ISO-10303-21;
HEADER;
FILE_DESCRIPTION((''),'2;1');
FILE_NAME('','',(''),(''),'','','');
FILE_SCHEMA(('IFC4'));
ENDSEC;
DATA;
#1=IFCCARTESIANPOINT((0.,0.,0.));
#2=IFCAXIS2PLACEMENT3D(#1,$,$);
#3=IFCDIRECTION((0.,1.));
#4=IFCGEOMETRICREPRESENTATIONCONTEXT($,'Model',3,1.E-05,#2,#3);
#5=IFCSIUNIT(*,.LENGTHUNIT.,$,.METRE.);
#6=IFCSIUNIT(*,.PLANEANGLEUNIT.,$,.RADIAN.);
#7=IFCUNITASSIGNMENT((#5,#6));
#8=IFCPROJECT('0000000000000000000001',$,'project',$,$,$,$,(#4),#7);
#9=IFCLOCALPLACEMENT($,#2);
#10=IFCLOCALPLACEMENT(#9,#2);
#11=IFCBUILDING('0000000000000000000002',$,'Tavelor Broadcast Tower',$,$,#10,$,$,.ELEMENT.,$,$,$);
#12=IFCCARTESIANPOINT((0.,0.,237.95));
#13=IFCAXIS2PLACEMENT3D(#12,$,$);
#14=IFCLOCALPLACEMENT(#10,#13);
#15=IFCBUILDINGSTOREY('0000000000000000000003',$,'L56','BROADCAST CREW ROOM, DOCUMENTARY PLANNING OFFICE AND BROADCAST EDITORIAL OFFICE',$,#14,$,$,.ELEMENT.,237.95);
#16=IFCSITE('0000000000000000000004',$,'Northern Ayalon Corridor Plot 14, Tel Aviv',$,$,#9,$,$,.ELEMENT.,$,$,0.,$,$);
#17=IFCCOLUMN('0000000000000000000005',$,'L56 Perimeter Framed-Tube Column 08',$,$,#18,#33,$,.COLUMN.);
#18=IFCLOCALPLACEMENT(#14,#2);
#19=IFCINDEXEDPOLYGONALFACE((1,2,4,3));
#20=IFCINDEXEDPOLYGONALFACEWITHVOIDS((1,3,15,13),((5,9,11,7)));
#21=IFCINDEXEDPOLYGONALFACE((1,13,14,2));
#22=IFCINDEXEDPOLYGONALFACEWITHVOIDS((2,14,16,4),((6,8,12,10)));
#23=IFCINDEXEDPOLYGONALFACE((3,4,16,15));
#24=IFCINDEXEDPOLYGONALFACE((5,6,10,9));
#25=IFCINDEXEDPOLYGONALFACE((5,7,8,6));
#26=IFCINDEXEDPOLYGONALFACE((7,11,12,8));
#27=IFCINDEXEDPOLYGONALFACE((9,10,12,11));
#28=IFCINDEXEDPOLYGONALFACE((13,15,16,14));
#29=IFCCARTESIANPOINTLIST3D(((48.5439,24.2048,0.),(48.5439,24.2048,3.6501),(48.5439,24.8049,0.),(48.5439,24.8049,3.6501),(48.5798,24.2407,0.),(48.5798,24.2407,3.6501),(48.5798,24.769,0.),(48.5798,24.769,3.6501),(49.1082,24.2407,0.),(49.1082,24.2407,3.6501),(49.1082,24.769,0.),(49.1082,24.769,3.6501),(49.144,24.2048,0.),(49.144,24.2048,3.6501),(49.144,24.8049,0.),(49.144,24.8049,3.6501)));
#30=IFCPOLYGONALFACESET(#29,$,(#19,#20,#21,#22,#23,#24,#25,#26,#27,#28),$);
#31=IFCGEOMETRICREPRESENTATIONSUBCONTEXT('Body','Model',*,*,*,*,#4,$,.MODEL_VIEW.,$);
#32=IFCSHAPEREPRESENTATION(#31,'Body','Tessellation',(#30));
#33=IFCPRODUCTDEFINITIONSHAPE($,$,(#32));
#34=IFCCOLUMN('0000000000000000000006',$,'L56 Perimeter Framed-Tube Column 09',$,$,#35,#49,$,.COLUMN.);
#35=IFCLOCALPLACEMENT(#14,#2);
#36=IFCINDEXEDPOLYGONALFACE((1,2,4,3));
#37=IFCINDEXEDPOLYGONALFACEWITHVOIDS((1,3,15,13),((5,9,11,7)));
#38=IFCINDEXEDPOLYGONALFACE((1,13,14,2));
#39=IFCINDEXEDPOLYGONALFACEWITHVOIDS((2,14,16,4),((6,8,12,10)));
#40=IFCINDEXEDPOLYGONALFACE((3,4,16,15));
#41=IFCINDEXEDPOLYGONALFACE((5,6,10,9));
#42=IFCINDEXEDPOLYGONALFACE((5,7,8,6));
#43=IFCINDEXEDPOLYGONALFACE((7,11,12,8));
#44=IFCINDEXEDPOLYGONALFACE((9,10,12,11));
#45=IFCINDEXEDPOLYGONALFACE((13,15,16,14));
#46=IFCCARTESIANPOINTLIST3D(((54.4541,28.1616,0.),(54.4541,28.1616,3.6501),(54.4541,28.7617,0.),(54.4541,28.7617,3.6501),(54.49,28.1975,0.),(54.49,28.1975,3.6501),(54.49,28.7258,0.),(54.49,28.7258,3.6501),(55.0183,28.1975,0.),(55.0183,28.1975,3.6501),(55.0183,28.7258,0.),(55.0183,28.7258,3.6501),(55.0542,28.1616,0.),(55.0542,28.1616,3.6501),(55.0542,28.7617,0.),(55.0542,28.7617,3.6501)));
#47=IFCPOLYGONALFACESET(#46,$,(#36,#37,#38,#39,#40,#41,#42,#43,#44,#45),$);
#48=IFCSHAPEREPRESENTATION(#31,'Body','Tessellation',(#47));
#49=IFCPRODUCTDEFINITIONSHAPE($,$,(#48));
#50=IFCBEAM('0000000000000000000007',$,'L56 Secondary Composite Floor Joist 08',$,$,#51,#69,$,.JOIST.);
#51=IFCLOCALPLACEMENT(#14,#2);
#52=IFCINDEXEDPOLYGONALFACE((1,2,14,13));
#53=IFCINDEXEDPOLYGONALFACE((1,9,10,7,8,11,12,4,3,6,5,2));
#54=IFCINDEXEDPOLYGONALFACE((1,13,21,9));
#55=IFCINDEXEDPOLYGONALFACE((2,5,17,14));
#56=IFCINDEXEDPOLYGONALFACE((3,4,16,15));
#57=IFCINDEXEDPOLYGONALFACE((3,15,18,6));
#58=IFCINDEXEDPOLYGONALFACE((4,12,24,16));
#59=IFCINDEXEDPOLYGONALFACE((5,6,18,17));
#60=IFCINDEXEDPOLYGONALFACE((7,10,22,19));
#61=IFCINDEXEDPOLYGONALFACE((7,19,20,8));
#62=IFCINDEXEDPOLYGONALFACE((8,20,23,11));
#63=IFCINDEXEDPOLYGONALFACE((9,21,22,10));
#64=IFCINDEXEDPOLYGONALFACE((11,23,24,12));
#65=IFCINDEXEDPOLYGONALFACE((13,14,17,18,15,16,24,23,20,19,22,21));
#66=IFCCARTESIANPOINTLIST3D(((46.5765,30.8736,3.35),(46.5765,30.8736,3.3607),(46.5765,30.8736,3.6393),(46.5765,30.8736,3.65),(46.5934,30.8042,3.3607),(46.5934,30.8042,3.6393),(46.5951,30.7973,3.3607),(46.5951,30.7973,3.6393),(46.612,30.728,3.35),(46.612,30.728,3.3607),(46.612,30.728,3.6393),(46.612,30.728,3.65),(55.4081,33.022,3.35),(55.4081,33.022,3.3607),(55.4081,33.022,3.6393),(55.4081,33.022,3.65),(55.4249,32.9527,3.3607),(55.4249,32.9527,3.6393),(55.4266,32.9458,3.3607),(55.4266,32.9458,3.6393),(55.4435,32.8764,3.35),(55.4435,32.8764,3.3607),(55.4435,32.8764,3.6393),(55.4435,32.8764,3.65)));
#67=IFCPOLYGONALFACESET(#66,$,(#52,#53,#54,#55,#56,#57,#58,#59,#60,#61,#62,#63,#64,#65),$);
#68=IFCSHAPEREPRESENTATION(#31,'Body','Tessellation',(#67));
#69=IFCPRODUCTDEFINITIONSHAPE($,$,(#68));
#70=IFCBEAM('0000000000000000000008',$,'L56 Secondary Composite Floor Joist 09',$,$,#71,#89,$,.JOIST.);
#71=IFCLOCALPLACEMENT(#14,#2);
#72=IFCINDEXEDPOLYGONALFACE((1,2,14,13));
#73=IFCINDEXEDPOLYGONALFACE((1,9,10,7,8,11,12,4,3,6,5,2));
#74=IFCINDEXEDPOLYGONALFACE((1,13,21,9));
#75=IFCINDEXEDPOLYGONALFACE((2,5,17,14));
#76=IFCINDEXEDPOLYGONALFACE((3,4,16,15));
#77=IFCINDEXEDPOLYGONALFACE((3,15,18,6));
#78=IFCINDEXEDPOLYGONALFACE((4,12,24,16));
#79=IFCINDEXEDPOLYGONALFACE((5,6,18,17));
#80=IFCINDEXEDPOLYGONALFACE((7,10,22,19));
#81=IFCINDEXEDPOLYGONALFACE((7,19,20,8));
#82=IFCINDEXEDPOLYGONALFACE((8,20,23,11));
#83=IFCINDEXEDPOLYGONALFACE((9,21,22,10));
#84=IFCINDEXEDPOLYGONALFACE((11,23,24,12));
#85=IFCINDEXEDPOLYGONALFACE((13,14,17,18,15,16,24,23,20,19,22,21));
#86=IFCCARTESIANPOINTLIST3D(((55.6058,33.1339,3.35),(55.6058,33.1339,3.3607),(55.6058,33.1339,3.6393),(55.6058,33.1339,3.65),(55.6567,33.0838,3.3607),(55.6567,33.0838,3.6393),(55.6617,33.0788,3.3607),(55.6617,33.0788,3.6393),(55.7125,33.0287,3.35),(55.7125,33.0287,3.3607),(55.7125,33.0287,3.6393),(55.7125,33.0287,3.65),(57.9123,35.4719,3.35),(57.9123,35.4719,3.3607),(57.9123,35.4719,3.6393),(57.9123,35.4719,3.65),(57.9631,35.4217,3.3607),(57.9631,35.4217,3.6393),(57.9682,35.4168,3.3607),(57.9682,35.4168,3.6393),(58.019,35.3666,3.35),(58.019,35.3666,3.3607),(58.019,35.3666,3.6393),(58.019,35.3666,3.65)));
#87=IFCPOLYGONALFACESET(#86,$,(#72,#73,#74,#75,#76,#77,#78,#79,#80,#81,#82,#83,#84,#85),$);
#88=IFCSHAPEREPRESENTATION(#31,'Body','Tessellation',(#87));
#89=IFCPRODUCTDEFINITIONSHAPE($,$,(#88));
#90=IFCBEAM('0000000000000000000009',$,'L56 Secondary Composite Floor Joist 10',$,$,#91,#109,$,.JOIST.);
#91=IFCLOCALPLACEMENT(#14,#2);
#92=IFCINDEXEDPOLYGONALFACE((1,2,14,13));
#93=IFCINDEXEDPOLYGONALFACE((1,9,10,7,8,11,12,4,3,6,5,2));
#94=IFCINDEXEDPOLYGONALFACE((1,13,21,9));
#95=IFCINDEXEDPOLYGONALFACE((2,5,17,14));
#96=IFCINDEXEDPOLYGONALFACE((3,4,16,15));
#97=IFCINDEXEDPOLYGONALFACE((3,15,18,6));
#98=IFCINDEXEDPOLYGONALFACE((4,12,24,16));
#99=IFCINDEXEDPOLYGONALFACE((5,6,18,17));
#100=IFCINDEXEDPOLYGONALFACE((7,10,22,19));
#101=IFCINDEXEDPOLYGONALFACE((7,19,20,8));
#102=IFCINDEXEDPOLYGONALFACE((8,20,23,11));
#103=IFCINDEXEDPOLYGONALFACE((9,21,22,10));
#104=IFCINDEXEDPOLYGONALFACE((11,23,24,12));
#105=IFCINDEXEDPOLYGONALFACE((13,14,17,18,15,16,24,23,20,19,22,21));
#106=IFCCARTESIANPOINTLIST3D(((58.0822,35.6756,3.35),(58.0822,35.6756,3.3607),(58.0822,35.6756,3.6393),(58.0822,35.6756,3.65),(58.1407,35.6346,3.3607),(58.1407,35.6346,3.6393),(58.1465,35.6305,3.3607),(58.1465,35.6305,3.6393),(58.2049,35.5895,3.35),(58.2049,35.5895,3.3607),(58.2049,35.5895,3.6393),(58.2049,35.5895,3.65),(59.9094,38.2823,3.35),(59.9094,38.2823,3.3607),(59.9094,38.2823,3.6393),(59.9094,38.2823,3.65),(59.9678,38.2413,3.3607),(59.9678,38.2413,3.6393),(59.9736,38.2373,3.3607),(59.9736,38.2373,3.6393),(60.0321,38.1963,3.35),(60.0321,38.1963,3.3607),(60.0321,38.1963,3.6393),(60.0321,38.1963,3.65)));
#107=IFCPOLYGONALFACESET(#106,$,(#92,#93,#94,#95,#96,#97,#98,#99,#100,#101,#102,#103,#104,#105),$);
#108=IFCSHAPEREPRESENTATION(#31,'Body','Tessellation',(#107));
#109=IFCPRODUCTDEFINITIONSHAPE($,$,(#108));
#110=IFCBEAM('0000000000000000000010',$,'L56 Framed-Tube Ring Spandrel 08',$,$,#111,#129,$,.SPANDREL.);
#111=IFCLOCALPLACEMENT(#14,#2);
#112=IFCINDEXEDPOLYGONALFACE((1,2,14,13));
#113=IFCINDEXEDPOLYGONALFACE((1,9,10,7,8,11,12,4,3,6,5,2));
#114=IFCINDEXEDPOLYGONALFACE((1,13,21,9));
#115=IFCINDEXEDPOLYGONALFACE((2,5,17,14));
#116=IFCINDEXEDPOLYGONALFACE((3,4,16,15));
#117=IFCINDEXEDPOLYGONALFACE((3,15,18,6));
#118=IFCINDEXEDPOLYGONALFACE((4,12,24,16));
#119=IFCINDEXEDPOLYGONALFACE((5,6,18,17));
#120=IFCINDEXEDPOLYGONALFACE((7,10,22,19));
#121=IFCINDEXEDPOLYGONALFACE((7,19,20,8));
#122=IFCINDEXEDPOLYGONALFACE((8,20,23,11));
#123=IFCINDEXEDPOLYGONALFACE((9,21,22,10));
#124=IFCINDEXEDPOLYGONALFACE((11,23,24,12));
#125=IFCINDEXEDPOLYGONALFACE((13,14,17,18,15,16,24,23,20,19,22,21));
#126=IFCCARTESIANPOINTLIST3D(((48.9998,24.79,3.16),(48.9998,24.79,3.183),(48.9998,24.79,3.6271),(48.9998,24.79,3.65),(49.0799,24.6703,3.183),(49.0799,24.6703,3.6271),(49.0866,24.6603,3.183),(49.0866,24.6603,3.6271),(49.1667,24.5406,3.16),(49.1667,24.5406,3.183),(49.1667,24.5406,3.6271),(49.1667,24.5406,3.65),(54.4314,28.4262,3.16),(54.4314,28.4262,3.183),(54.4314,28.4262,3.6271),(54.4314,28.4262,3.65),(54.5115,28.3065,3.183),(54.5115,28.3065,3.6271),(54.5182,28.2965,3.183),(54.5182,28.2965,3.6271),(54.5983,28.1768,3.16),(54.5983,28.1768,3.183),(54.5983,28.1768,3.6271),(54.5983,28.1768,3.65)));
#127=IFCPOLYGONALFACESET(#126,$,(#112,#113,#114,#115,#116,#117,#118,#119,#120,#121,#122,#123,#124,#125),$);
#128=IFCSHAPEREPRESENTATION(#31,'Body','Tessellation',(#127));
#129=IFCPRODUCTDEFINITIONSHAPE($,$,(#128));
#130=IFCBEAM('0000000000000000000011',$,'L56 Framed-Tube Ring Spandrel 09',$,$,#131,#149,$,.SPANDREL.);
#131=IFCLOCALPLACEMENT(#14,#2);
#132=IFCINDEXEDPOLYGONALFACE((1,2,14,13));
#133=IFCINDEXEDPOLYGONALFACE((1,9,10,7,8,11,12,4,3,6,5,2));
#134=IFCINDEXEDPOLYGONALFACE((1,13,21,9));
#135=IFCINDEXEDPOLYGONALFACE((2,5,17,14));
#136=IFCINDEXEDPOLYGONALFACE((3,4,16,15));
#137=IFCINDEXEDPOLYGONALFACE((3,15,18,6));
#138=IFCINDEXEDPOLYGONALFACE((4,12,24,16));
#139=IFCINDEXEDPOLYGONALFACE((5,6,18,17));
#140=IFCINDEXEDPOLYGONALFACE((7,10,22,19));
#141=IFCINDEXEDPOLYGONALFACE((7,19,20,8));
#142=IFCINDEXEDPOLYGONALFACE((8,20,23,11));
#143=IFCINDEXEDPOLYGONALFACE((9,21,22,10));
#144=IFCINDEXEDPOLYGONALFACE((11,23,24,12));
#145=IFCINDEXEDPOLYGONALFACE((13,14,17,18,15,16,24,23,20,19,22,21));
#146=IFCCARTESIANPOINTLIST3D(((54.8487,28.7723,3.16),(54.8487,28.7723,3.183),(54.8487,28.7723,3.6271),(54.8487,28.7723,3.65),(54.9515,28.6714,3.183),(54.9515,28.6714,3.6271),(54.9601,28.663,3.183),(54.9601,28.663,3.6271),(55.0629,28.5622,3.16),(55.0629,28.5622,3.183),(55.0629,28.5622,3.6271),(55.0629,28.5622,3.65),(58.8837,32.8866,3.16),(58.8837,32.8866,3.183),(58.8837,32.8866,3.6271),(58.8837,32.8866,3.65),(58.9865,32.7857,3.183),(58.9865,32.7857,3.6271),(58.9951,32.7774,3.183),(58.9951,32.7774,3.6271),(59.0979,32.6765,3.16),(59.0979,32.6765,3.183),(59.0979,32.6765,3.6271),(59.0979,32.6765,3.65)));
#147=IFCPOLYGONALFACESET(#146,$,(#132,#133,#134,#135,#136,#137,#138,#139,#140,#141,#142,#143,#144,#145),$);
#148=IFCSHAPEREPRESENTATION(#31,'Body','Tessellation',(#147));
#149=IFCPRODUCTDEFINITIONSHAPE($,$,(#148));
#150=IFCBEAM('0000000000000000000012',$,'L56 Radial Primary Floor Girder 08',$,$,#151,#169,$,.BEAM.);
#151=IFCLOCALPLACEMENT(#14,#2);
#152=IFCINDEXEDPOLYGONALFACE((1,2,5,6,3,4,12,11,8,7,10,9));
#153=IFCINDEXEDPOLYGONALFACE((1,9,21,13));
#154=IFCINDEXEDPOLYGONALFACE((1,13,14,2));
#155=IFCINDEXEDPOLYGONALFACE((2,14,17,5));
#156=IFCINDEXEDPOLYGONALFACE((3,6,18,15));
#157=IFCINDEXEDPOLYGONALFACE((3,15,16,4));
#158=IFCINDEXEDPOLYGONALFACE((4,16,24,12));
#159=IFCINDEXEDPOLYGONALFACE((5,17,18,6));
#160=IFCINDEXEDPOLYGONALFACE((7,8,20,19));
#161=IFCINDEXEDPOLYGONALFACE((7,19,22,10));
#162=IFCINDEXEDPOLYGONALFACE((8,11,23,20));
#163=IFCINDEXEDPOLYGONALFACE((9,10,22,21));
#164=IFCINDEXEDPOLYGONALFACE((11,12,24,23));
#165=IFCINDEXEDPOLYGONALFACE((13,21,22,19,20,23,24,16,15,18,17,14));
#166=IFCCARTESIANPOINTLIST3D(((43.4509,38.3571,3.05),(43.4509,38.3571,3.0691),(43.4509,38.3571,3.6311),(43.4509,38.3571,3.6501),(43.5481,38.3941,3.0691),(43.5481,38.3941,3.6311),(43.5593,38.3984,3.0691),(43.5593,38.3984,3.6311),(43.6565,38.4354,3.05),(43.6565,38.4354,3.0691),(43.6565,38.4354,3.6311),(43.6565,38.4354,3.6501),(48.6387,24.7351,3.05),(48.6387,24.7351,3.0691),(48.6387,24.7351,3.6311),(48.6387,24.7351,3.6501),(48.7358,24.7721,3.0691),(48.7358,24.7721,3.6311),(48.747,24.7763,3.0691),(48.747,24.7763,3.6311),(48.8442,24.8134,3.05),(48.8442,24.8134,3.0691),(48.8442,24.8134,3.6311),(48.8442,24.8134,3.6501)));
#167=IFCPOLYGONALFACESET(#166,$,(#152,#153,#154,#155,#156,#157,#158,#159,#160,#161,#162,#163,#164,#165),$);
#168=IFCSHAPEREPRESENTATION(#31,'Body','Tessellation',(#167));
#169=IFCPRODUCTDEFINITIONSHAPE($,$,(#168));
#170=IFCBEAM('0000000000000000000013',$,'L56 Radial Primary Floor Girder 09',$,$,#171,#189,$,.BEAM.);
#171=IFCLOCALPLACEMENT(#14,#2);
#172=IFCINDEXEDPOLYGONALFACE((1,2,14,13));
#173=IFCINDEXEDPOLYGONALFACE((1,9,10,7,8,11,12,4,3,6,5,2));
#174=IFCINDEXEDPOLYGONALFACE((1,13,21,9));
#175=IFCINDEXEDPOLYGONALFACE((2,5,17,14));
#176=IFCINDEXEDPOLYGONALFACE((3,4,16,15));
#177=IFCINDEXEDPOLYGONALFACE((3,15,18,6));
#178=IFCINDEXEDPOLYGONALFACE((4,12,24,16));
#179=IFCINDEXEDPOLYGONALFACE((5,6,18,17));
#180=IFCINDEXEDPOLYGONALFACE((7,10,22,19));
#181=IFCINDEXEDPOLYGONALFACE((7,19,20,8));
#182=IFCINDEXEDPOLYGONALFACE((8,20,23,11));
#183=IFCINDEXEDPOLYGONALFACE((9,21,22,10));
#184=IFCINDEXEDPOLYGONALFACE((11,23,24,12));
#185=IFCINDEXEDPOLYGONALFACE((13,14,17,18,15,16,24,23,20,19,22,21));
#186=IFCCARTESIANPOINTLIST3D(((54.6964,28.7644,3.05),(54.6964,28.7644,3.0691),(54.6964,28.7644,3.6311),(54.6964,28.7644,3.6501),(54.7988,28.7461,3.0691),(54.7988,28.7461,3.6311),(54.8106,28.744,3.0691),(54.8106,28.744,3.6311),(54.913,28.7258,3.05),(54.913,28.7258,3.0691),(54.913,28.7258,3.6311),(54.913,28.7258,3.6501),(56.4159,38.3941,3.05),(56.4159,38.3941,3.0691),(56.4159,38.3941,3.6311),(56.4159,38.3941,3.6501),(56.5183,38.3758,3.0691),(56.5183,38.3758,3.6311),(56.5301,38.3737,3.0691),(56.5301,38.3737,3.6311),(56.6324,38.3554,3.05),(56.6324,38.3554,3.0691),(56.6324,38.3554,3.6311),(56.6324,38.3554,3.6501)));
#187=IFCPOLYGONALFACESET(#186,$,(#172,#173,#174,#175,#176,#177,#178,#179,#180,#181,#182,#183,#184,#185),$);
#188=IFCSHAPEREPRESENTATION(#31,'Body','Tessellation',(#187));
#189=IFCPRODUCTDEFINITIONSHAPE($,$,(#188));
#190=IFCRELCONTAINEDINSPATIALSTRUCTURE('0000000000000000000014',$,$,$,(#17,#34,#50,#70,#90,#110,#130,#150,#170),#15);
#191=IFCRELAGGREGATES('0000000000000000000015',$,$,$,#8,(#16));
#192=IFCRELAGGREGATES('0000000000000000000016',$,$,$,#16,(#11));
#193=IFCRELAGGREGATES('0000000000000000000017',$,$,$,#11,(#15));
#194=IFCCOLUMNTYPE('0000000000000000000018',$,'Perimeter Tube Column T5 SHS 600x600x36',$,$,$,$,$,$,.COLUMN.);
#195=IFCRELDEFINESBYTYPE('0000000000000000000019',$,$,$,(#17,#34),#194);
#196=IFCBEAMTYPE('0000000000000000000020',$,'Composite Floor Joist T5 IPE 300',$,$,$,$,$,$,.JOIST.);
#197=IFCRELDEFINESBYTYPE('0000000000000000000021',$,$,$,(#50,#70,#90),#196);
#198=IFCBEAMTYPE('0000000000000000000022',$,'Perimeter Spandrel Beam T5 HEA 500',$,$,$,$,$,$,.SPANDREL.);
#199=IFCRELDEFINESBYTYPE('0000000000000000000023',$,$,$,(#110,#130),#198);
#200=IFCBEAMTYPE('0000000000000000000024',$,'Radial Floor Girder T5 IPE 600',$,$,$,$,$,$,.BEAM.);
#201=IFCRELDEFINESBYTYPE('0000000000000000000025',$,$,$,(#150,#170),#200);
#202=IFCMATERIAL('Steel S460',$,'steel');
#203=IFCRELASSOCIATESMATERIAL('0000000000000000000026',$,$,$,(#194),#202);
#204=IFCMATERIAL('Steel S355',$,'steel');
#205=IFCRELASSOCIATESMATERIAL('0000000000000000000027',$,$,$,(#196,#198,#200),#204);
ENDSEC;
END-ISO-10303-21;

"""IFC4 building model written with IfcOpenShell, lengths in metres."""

from ifc_helpers import new_model, si_unit, direction, frame, origin, origin_2d, place, context, subcontext, project, spatial, hollow_rectangle, i_section, extrude, material, material_profile, profile_set, type_object, element, save


model = new_model("IFC4")

# Units and contexts
model_context = context("Model", 3, precision=1e-05, world=origin(), true_north=direction((0.0, 1.0)))
body_context = subcontext(model_context, "Body", "Model", "MODEL_VIEW")
ifc_project = project(units=[si_unit("LENGTHUNIT", "METRE"), si_unit("PLANEANGLEUNIT", "RADIAN")], contexts=[model_context])

# Site, building, storey
site_placement = place(None, origin())
site = spatial("IfcSite", under=ifc_project, at=site_placement, Name="Northern Ayalon Corridor Plot 14, Tel Aviv", CompositionType="ELEMENT", RefElevation=0.0)
building_placement = place(site_placement, origin())
building = spatial("IfcBuilding", under=site, at=building_placement, Name="Tavelor Broadcast Tower", CompositionType="ELEMENT")
storey_placement = place(building_placement, frame((0.0, 0.0, 237.95)))
storey = spatial("IfcBuildingStorey", under=building, at=storey_placement, Name="L56", Description="BROADCAST CREW ROOM, DOCUMENTARY PLANNING OFFICE AND BROADCAST EDITORIAL OFFICE", CompositionType="ELEMENT", Elevation=237.95)

# Columns
ifc_material_1 = material(Name="Steel S460", Category="steel")
ifc_material_profile_1 = material_profile(ifc_material_1, hollow_rectangle(XDim=0.6001, YDim=0.6001, WallThickness=0.0359, at=origin_2d()), Name="SHS 600x600x36")
ifc_profile_set_1 = profile_set([ifc_material_profile_1], Name="Steel S460")
column_type = type_object("IfcColumnType", Name="Perimeter Tube Column T5 SHS 600x600x36", PredefinedType="COLUMN", material=ifc_profile_set_1)
for number, where, z_axis, x_axis, name in (
    (1, (48.844, 24.5049, 0.0), (0.0, 0.0, 1.0), (1.0, 0.0, 0.0), "L56 Perimeter Framed-Tube Column 08"),
    (2, (54.7542, 28.4617, 0.0), (0.0, 0.0, 1.0), (1.0, 0.0, 0.0), "L56 Perimeter Framed-Tube Column 09"),
):
    element("IfcColumn", number, at=place(storey_placement, frame(where, z_axis=z_axis, x_axis=x_axis)), inside=storey, type_object=column_type, Name=name, PredefinedType="COLUMN", context=body_context, shape_type="SweptSolid", body=[
        extrude(hollow_rectangle(XDim=0.6001, YDim=0.6001, WallThickness=0.0359, at=origin_2d()), origin(), (0.0, 0.0, 1.0), 3.6501),
    ])

# Beams
ifc_material_2 = material(Name="Steel S355", Category="steel")
ifc_material_profile_2 = material_profile(ifc_material_2, i_section(OverallWidth=0.1499, OverallDepth=0.3, WebThickness=0.0071, FlangeThickness=0.0107, at=origin_2d()), Name="IPE 300")
ifc_profile_set_2 = profile_set([ifc_material_profile_2], Name="Steel S355")
beam_type_1 = type_object("IfcBeamType", Name="Composite Floor Joist T5 IPE 300", PredefinedType="JOIST", material=ifc_profile_set_2)
beam_1_placement = place(storey_placement, frame((46.5942, 30.8008, 3.5), z_axis=(0.971662, 0.236375, 0.0), x_axis=(-0.236375, 0.971662, 0.0)))
element("IfcBeam", 3, at=beam_1_placement, inside=storey, type_object=beam_type_1, Name="L56 Secondary Composite Floor Joist 08", PredefinedType="JOIST", context=body_context, shape_type="SweptSolid", body=[
    extrude(i_section(OverallWidth=0.1499, OverallDepth=0.3, WebThickness=0.0071, FlangeThickness=0.0107, at=origin_2d()), origin(), (0.0, 0.0, 1.0), 9.0891),
])
beam_2_placement = place(storey_placement, frame((55.6592, 33.0813, 3.5), z_axis=(0.702296, 0.711885, 0.0), x_axis=(-0.711885, 0.702296, 0.0)))
element("IfcBeam", 4, at=beam_2_placement, inside=storey, type_object=beam_type_1, Name="L56 Secondary Composite Floor Joist 09", PredefinedType="JOIST", context=body_context, shape_type="SweptSolid", body=[
    extrude(i_section(OverallWidth=0.1499, OverallDepth=0.3, WebThickness=0.0071, FlangeThickness=0.0107, at=origin_2d()), origin(), (0.0, 0.0, 1.0), 3.2842),
])
beam_3_placement = place(storey_placement, frame((58.1436, 35.6326, 3.5), z_axis=(0.573982, 0.818868, 0.0), x_axis=(-0.818868, 0.573982, 0.0)))
element("IfcBeam", 5, at=beam_3_placement, inside=storey, type_object=beam_type_1, Name="L56 Secondary Composite Floor Joist 10", PredefinedType="JOIST", context=body_context, shape_type="SweptSolid", body=[
    extrude(i_section(OverallWidth=0.1499, OverallDepth=0.3, WebThickness=0.0071, FlangeThickness=0.0107, at=origin_2d()), origin(), (0.0, 0.0, 1.0), 3.1833),
])
ifc_material_profile_3 = material_profile(ifc_material_2, i_section(OverallWidth=0.3, OverallDepth=0.49, WebThickness=0.012, FlangeThickness=0.0229, at=origin_2d()), Name="HEA 500")
ifc_profile_set_3 = profile_set([ifc_material_profile_3], Name="Steel S355")
beam_type_2 = type_object("IfcBeamType", Name="Perimeter Spandrel Beam T5 HEA 500", PredefinedType="SPANDREL", material=ifc_profile_set_3)
beam_4_placement = place(storey_placement, frame((49.0833, 24.6653, 3.405), z_axis=(0.83098, 0.556302, 0.0), x_axis=(-0.556302, 0.83098, 0.0)))
element("IfcBeam", 6, at=beam_4_placement, inside=storey, type_object=beam_type_2, Name="L56 Framed-Tube Ring Spandrel 08", PredefinedType="SPANDREL", context=body_context, shape_type="SweptSolid", body=[
    extrude(i_section(OverallWidth=0.3, OverallDepth=0.49, WebThickness=0.012, FlangeThickness=0.0229, at=origin_2d()), origin(), (0.0, 0.0, 1.0), 6.5364),
])
beam_5_placement = place(storey_placement, frame((54.9558, 28.6672, 3.405), z_axis=(0.700189, 0.713958, 0.0), x_axis=(-0.713958, 0.700189, 0.0)))
element("IfcBeam", 7, at=beam_5_placement, inside=storey, type_object=beam_type_2, Name="L56 Framed-Tube Ring Spandrel 09", PredefinedType="SPANDREL", context=body_context, shape_type="SweptSolid", body=[
    extrude(i_section(OverallWidth=0.3, OverallDepth=0.49, WebThickness=0.012, FlangeThickness=0.0229, at=origin_2d()), origin(), (0.0, 0.0, 1.0), 5.7627),
])
ifc_material_profile_4 = material_profile(ifc_material_2, i_section(OverallWidth=0.22, OverallDepth=0.6001, WebThickness=0.012, FlangeThickness=0.019, at=origin_2d()), Name="IPE 600")
ifc_profile_set_4 = profile_set([ifc_material_profile_4], Name="Steel S355")
beam_type_3 = type_object("IfcBeamType", Name="Radial Floor Girder T5 IPE 600", PredefinedType="BEAM", material=ifc_profile_set_4)
beam_6_placement = place(storey_placement, frame((43.5537, 38.3962, 3.3501), z_axis=(0.355899, -0.934525, 0.0), x_axis=(0.934525, 0.355899, 0.0)))
element("IfcBeam", 8, at=beam_6_placement, inside=storey, type_object=beam_type_3, Name="L56 Radial Primary Floor Girder 08", PredefinedType="BEAM", context=body_context, shape_type="SweptSolid", body=[
    extrude(i_section(OverallWidth=0.22, OverallDepth=0.6001, WebThickness=0.012, FlangeThickness=0.019, at=origin_2d()), origin(), (0.0, 0.0, 1.0), 14.5764),
])
beam_7_placement = place(storey_placement, frame((56.5242, 38.3748, 3.3501), z_axis=(-0.175781, -0.984429, 0.0), x_axis=(0.984429, -0.175781, 0.0)))
element("IfcBeam", 9, at=beam_7_placement, inside=storey, type_object=beam_type_3, Name="L56 Radial Primary Floor Girder 09", PredefinedType="BEAM", context=body_context, shape_type="SweptSolid", body=[
    extrude(i_section(OverallWidth=0.22, OverallDepth=0.6001, WebThickness=0.012, FlangeThickness=0.019, at=origin_2d()), origin(), (0.0, 0.0, 1.0), 9.782),
])

save(model, "model.ifc")
